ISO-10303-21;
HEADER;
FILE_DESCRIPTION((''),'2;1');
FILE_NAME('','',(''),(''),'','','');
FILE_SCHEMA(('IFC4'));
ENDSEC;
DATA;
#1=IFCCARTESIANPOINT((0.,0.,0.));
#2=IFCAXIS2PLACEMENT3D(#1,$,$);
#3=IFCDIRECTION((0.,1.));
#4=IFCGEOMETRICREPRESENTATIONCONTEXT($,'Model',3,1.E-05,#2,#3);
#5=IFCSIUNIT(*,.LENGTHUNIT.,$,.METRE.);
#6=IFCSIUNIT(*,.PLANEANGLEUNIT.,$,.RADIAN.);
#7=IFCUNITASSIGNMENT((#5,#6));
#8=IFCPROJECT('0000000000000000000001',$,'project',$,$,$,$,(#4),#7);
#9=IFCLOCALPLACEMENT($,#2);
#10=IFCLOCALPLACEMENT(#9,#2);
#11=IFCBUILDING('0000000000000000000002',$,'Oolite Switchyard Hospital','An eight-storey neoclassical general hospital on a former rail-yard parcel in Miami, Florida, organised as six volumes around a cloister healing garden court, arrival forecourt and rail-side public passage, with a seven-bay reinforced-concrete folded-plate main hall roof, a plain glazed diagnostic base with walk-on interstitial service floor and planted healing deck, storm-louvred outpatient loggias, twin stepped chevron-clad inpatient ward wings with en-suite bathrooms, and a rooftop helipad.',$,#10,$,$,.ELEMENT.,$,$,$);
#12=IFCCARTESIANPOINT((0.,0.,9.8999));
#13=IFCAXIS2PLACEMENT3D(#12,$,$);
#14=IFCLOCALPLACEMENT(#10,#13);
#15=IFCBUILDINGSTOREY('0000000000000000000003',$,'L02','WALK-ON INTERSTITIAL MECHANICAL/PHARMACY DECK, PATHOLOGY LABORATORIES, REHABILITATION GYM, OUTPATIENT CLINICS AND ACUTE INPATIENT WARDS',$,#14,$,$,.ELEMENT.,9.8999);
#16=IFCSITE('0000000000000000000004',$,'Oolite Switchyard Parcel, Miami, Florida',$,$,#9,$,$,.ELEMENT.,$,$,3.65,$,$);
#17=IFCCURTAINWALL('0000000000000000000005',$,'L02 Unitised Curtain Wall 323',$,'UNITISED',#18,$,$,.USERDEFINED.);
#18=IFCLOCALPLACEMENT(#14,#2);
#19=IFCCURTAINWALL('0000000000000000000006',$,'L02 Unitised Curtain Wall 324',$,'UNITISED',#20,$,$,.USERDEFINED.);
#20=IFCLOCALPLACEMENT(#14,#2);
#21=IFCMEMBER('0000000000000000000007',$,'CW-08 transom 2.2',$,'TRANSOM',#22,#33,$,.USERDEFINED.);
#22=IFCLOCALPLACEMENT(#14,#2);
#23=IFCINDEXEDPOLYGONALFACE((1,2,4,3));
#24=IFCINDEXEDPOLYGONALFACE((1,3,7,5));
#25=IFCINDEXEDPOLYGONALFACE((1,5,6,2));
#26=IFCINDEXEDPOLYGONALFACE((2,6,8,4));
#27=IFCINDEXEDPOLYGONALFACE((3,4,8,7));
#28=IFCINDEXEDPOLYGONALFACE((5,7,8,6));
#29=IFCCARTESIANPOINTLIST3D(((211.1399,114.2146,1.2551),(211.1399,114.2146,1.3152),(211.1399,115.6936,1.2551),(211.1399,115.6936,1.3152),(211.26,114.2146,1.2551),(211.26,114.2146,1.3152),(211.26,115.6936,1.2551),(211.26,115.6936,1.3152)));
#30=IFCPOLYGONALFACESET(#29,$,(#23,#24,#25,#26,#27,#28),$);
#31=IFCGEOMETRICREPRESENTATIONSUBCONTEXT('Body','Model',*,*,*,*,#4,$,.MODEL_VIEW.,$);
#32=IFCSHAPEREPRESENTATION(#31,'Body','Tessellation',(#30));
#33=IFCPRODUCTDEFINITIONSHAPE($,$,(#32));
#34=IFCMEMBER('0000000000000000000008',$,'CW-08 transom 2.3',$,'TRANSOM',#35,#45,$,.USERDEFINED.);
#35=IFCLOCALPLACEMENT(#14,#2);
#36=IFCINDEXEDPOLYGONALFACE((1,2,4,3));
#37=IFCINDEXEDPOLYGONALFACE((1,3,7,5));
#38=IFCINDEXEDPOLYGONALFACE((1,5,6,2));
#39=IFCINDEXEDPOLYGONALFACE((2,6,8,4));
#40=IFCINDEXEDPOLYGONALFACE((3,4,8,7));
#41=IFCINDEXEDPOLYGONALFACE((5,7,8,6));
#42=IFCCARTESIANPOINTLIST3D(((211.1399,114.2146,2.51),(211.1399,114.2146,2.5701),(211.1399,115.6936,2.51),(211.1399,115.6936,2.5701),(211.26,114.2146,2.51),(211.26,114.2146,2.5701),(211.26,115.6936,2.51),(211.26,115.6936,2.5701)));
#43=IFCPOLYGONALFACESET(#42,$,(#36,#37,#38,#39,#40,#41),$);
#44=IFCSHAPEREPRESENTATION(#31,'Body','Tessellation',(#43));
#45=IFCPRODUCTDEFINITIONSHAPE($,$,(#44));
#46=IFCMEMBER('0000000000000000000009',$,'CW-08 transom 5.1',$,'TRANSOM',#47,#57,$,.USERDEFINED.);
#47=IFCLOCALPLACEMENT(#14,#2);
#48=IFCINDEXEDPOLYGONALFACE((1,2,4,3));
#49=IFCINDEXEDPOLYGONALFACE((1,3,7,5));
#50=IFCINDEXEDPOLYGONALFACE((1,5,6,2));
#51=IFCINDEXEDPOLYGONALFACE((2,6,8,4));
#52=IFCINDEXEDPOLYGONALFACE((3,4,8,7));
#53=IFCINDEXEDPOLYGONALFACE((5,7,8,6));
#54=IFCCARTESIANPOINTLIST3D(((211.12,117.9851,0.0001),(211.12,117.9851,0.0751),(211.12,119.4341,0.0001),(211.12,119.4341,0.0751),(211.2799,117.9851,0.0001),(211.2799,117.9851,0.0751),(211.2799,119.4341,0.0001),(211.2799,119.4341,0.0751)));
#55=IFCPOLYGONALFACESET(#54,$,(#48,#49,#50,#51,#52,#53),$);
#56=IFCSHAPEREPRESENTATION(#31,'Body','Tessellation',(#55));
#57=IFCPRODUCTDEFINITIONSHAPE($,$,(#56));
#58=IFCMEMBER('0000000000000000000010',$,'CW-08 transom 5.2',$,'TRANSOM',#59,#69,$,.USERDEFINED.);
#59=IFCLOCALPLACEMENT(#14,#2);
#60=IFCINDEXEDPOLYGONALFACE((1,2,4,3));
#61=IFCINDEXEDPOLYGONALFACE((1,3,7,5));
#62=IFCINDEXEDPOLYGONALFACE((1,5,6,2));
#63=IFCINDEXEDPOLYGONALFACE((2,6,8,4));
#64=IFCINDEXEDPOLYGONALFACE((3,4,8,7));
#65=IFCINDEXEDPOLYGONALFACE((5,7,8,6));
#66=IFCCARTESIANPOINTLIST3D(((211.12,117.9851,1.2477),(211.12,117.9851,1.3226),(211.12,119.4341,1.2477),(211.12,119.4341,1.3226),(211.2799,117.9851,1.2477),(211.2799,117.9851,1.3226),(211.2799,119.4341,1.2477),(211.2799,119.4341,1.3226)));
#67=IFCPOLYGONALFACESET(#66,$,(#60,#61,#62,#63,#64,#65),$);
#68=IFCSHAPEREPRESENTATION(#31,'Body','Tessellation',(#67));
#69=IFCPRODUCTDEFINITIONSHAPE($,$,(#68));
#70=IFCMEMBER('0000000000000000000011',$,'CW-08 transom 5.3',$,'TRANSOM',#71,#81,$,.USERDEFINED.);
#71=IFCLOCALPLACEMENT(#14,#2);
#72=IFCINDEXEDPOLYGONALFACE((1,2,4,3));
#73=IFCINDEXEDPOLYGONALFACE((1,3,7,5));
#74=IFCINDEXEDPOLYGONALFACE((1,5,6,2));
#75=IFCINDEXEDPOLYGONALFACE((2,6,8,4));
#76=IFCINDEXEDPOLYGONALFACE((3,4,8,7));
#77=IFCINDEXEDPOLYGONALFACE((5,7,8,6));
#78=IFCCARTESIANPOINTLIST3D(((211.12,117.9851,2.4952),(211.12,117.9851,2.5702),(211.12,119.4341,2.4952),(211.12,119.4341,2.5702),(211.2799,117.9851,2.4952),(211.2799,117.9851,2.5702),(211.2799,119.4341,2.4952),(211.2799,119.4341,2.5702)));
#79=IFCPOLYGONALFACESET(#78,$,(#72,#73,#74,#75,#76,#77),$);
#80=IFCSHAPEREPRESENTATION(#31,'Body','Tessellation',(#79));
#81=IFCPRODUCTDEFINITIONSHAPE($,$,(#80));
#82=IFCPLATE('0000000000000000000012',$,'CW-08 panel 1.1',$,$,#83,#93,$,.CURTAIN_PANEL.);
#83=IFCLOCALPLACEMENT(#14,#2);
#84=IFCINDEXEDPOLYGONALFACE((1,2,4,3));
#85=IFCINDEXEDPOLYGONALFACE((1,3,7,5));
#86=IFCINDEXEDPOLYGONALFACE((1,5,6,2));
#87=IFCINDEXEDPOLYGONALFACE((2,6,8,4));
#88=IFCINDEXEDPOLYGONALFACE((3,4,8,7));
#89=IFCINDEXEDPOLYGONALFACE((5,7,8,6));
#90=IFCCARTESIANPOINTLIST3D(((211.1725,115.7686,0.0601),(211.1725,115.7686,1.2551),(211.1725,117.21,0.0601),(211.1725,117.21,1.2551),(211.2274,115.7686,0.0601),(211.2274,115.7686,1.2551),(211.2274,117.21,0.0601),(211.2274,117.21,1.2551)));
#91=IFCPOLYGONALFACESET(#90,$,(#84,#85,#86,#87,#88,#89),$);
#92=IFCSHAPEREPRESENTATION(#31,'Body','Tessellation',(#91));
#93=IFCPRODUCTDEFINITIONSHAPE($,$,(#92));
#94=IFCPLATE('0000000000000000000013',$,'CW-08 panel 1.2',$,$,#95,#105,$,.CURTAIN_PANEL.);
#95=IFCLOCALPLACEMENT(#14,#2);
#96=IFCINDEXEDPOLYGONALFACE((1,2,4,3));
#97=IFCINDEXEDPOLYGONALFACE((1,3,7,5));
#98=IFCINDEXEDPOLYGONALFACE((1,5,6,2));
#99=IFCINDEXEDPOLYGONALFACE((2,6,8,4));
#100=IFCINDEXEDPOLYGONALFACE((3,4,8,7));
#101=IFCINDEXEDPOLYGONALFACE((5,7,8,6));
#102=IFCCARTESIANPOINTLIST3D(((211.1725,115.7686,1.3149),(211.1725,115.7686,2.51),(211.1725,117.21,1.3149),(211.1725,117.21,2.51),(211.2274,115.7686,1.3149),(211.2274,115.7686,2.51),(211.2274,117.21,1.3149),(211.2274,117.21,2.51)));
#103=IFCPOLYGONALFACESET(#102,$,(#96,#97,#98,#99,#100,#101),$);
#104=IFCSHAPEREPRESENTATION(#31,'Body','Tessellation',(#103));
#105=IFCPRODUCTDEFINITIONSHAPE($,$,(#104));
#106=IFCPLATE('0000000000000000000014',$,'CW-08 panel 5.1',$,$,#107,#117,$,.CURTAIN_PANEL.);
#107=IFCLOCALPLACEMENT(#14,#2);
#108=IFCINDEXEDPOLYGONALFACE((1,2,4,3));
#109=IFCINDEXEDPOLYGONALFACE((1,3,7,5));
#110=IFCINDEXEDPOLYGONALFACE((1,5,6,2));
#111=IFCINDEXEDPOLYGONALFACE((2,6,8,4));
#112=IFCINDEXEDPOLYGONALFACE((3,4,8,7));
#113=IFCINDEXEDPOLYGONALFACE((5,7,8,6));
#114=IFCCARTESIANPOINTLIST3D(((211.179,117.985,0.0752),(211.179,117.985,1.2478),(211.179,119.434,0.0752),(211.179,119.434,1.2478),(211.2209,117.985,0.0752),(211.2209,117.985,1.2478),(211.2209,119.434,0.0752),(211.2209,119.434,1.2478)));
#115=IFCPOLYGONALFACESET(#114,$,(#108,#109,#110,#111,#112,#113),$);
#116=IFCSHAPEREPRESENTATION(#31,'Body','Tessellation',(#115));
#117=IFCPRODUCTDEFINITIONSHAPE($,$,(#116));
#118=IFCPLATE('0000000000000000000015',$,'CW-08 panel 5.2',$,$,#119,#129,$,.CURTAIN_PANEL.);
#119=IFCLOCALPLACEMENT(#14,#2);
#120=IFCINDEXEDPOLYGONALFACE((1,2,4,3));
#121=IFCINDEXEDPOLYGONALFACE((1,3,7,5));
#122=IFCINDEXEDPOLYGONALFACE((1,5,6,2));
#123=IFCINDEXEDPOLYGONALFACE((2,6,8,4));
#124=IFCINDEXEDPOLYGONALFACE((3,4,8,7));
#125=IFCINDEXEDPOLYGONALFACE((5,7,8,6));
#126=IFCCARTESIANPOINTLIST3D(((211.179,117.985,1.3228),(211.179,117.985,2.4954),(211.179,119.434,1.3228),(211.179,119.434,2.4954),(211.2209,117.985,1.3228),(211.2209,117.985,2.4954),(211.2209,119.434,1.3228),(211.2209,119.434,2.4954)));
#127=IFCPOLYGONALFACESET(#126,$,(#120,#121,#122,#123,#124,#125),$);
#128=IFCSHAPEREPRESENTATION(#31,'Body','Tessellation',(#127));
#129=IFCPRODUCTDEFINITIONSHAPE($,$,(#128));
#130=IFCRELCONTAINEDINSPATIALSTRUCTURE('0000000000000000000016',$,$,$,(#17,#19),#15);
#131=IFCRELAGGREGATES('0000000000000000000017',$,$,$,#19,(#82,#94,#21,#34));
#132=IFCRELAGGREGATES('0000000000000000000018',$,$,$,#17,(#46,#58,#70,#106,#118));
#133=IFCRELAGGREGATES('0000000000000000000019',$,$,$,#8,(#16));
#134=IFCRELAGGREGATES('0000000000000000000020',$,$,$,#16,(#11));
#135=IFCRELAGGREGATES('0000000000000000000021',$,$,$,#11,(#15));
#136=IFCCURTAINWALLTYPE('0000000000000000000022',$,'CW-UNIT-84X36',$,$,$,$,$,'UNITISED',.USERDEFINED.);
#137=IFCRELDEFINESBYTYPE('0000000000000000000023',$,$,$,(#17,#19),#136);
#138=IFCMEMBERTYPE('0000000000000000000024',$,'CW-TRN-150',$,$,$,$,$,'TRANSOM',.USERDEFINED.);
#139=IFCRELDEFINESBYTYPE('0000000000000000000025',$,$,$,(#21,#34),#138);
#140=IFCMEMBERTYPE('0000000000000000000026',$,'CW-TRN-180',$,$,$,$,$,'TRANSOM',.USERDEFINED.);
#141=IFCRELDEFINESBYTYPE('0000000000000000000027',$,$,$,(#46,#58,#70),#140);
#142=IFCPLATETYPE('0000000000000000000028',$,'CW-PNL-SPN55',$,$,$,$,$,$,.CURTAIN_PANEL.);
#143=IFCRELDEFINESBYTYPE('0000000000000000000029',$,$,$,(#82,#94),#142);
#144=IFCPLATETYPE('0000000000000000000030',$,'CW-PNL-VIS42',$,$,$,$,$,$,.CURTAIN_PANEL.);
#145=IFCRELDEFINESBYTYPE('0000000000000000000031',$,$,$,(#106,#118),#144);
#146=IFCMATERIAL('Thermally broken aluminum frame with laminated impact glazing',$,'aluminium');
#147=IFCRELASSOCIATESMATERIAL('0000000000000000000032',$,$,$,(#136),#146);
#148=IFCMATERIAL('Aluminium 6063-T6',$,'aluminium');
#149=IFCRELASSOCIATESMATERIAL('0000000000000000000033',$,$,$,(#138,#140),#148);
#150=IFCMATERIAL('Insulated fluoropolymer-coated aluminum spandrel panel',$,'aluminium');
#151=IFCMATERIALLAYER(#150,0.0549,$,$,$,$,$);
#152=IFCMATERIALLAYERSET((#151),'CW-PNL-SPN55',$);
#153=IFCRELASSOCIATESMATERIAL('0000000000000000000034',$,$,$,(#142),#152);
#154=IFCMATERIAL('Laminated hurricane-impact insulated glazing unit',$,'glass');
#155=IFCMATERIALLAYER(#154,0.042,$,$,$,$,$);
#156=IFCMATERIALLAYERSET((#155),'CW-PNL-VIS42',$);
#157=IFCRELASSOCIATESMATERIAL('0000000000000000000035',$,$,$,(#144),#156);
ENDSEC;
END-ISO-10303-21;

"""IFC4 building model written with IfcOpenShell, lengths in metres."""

from ifc_helpers import new_model, si_unit, direction, frame, origin, origin_2d, place, context, subcontext, project, spatial, rectangle, extrude, material, layer, layer_set, material_profile, profile_set, type_object, element, aggregate, save


model = new_model("IFC4")

# Units and contexts
model_context = context("Model", 3, precision=1e-05, world=origin(), true_north=direction((0.0, 1.0)))
body_context = subcontext(model_context, "Body", "Model", "MODEL_VIEW")
ifc_project = project(units=[si_unit("LENGTHUNIT", "METRE"), si_unit("PLANEANGLEUNIT", "RADIAN")], contexts=[model_context])

# Site, building, storey
site_placement = place(None, origin())
site = spatial("IfcSite", under=ifc_project, at=site_placement, Name="Oolite Switchyard Parcel, Miami, Florida", CompositionType="ELEMENT", RefElevation=3.65)
building_placement = place(site_placement, origin())
building = spatial("IfcBuilding", under=site, at=building_placement, Name="Oolite Switchyard Hospital", Description="An eight-storey neoclassical general hospital on a former rail-yard parcel in Miami, Florida, organised as six volumes around a cloister healing garden court, arrival forecourt and rail-side public passage, with a seven-bay reinforced-concrete folded-plate main hall roof, a plain glazed diagnostic base with walk-on interstitial service floor and planted healing deck, storm-louvred outpatient loggias, twin stepped chevron-clad inpatient ward wings with en-suite bathrooms, and a rooftop helipad.", CompositionType="ELEMENT")
storey_placement = place(building_placement, frame((0.0, 0.0, 9.8999)))
storey = spatial("IfcBuildingStorey", under=building, at=storey_placement, Name="L02", Description="WALK-ON INTERSTITIAL MECHANICAL/PHARMACY DECK, PATHOLOGY LABORATORIES, REHABILITATION GYM, OUTPATIENT CLINICS AND ACUTE INPATIENT WARDS", CompositionType="ELEMENT", Elevation=9.8999)

# Curtain walls, members
ifc_material_1 = material(Name="Thermally broken aluminum frame with laminated impact glazing", Category="aluminium")
curtain_wall_type = type_object("IfcCurtainWallType", Name="CW-UNIT-84X36", ElementType="UNITISED", PredefinedType="USERDEFINED", material=ifc_material_1)
curtain_wall_1_placement = place(storey_placement, origin())
curtain_wall_1 = element("IfcCurtainWall", 1, at=curtain_wall_1_placement, inside=storey, type_object=curtain_wall_type, Name="L02 Unitised Curtain Wall 323", ObjectType="UNITISED", PredefinedType="USERDEFINED")
ifc_material_2 = material(Name="Aluminium 6063-T6", Category="aluminium")
curtain_wall_2_placement = place(storey_placement, origin())
curtain_wall_2 = element("IfcCurtainWall", 2, at=curtain_wall_2_placement, inside=storey, type_object=curtain_wall_type, Name="L02 Unitised Curtain Wall 324", ObjectType="UNITISED", PredefinedType="USERDEFINED")
ifc_material_profile_1 = material_profile(ifc_material_2, rectangle(XDim=0.1201, YDim=0.0601, at=origin_2d()), Name="CWT60X120")
ifc_profile_set_1 = profile_set([ifc_material_profile_1], Name="Aluminium 6063-T6")
member_type_1 = type_object("IfcMemberType", Name="CW-TRN-150", ElementType="TRANSOM", PredefinedType="USERDEFINED", material=ifc_profile_set_1)
member_1_placement = place(storey_placement, frame((211.2, 115.6936, 1.2852), z_axis=(0.0, -1.0, 0.0), x_axis=(1.0, 0.0, 0.0)))
member_1 = element("IfcMember", 3, at=member_1_placement, type_object=member_type_1, Name="CW-08 transom 2.2", ObjectType="TRANSOM", PredefinedType="USERDEFINED", context=body_context, shape_type="SweptSolid", body=[
    extrude(rectangle(XDim=0.1201, YDim=0.0601, at=origin_2d()), origin(), (0.0, 0.0, 1.0), 1.479),
])
member_2_placement = place(storey_placement, frame((211.2, 115.6936, 2.54), z_axis=(0.0, -1.0, 0.0), x_axis=(1.0, 0.0, 0.0)))
member_2 = element("IfcMember", 4, at=member_2_placement, type_object=member_type_1, Name="CW-08 transom 2.3", ObjectType="TRANSOM", PredefinedType="USERDEFINED", context=body_context, shape_type="SweptSolid", body=[
    extrude(rectangle(XDim=0.1201, YDim=0.0601, at=origin_2d()), origin(), (0.0, 0.0, 1.0), 1.479),
])

# Members
ifc_material_profile_2 = material_profile(ifc_material_2, rectangle(XDim=0.1599, YDim=0.075, at=origin_2d()), Name="CWT75X160")
ifc_profile_set_2 = profile_set([ifc_material_profile_2], Name="Aluminium 6063-T6")
member_type_2 = type_object("IfcMemberType", Name="CW-TRN-180", ElementType="TRANSOM", PredefinedType="USERDEFINED", material=ifc_profile_set_2)
member_3_placement = place(storey_placement, frame((211.2, 119.4341, 0.0376), z_axis=(0.0, -1.0, 0.0), x_axis=(1.0, 0.0, 0.0)))
member_3 = element("IfcMember", 5, at=member_3_placement, type_object=member_type_2, Name="CW-08 transom 5.1", ObjectType="TRANSOM", PredefinedType="USERDEFINED", context=body_context, shape_type="SweptSolid", body=[
    extrude(rectangle(XDim=0.1599, YDim=0.075, at=origin_2d()), origin(), (0.0, 0.0, 1.0), 1.449),
])
member_4_placement = place(storey_placement, frame((211.2, 119.4341, 1.2852), z_axis=(0.0, -1.0, 0.0), x_axis=(1.0, 0.0, 0.0)))
member_4 = element("IfcMember", 6, at=member_4_placement, type_object=member_type_2, Name="CW-08 transom 5.2", ObjectType="TRANSOM", PredefinedType="USERDEFINED", context=body_context, shape_type="SweptSolid", body=[
    extrude(rectangle(XDim=0.1599, YDim=0.075, at=origin_2d()), origin(), (0.0, 0.0, 1.0), 1.449),
])
member_5_placement = place(storey_placement, frame((211.2, 119.4341, 2.5327), z_axis=(0.0, -1.0, 0.0), x_axis=(1.0, 0.0, 0.0)))
member_5 = element("IfcMember", 7, at=member_5_placement, type_object=member_type_2, Name="CW-08 transom 5.3", ObjectType="TRANSOM", PredefinedType="USERDEFINED", context=body_context, shape_type="SweptSolid", body=[
    extrude(rectangle(XDim=0.1599, YDim=0.075, at=origin_2d()), origin(), (0.0, 0.0, 1.0), 1.449),
])

# Plates
ifc_material_3 = material(Name="Insulated fluoropolymer-coated aluminum spandrel panel", Category="aluminium")
ifc_layer_1 = layer(ifc_material_3, 0.0549)
ifc_layer_set_1 = layer_set([ifc_layer_1], Name="CW-PNL-SPN55")
plate_type_1 = type_object("IfcPlateType", Name="CW-PNL-SPN55", PredefinedType="CURTAIN_PANEL", material=ifc_layer_set_1)
plate_1_placement = place(storey_placement, frame((211.2, 116.4893, 0.0601), z_axis=(0.0, 0.0, 1.0), x_axis=(0.0, -1.0, 0.0)))
plate_1 = element("IfcPlate", 8, at=plate_1_placement, type_object=plate_type_1, Name="CW-08 panel 1.1", PredefinedType="CURTAIN_PANEL", context=body_context, shape_type="SweptSolid", body=[
    extrude(rectangle(XDim=1.4414, YDim=0.0549, at=origin_2d()), origin(), (0.0, 0.0, 1.0), 1.1951),
])
plate_2_placement = place(storey_placement, frame((211.2, 116.4893, 1.3149), z_axis=(0.0, 0.0, 1.0), x_axis=(0.0, -1.0, 0.0)))
plate_2 = element("IfcPlate", 9, at=plate_2_placement, type_object=plate_type_1, Name="CW-08 panel 1.2", PredefinedType="CURTAIN_PANEL", context=body_context, shape_type="SweptSolid", body=[
    extrude(rectangle(XDim=1.4414, YDim=0.0549, at=origin_2d()), origin(), (0.0, 0.0, 1.0), 1.1951),
])
aggregate(curtain_wall_2, [plate_1, plate_2, member_1, member_2])
ifc_material_4 = material(Name="Laminated hurricane-impact insulated glazing unit", Category="glass")
ifc_layer_2 = layer(ifc_material_4, 0.042)
ifc_layer_set_2 = layer_set([ifc_layer_2], Name="CW-PNL-VIS42")
plate_type_2 = type_object("IfcPlateType", Name="CW-PNL-VIS42", PredefinedType="CURTAIN_PANEL", material=ifc_layer_set_2)
plate_3_placement = place(storey_placement, frame((211.2, 118.7095, 0.0752), z_axis=(0.0, 0.0, 1.0), x_axis=(0.0, -1.0, 0.0)))
plate_3 = element("IfcPlate", 10, at=plate_3_placement, type_object=plate_type_2, Name="CW-08 panel 5.1", PredefinedType="CURTAIN_PANEL", context=body_context, shape_type="SweptSolid", body=[
    extrude(rectangle(XDim=1.449, YDim=0.042, at=origin_2d()), origin(), (0.0, 0.0, 1.0), 1.1726),
])
plate_4_placement = place(storey_placement, frame((211.2, 118.7095, 1.3228), z_axis=(0.0, 0.0, 1.0), x_axis=(0.0, -1.0, 0.0)))
plate_4 = element("IfcPlate", 11, at=plate_4_placement, type_object=plate_type_2, Name="CW-08 panel 5.2", PredefinedType="CURTAIN_PANEL", context=body_context, shape_type="SweptSolid", body=[
    extrude(rectangle(XDim=1.449, YDim=0.042, at=origin_2d()), origin(), (0.0, 0.0, 1.0), 1.1726),
])
aggregate(curtain_wall_1, [member_3, member_4, member_5, plate_3, plate_4])

save(model, "model.ifc")
